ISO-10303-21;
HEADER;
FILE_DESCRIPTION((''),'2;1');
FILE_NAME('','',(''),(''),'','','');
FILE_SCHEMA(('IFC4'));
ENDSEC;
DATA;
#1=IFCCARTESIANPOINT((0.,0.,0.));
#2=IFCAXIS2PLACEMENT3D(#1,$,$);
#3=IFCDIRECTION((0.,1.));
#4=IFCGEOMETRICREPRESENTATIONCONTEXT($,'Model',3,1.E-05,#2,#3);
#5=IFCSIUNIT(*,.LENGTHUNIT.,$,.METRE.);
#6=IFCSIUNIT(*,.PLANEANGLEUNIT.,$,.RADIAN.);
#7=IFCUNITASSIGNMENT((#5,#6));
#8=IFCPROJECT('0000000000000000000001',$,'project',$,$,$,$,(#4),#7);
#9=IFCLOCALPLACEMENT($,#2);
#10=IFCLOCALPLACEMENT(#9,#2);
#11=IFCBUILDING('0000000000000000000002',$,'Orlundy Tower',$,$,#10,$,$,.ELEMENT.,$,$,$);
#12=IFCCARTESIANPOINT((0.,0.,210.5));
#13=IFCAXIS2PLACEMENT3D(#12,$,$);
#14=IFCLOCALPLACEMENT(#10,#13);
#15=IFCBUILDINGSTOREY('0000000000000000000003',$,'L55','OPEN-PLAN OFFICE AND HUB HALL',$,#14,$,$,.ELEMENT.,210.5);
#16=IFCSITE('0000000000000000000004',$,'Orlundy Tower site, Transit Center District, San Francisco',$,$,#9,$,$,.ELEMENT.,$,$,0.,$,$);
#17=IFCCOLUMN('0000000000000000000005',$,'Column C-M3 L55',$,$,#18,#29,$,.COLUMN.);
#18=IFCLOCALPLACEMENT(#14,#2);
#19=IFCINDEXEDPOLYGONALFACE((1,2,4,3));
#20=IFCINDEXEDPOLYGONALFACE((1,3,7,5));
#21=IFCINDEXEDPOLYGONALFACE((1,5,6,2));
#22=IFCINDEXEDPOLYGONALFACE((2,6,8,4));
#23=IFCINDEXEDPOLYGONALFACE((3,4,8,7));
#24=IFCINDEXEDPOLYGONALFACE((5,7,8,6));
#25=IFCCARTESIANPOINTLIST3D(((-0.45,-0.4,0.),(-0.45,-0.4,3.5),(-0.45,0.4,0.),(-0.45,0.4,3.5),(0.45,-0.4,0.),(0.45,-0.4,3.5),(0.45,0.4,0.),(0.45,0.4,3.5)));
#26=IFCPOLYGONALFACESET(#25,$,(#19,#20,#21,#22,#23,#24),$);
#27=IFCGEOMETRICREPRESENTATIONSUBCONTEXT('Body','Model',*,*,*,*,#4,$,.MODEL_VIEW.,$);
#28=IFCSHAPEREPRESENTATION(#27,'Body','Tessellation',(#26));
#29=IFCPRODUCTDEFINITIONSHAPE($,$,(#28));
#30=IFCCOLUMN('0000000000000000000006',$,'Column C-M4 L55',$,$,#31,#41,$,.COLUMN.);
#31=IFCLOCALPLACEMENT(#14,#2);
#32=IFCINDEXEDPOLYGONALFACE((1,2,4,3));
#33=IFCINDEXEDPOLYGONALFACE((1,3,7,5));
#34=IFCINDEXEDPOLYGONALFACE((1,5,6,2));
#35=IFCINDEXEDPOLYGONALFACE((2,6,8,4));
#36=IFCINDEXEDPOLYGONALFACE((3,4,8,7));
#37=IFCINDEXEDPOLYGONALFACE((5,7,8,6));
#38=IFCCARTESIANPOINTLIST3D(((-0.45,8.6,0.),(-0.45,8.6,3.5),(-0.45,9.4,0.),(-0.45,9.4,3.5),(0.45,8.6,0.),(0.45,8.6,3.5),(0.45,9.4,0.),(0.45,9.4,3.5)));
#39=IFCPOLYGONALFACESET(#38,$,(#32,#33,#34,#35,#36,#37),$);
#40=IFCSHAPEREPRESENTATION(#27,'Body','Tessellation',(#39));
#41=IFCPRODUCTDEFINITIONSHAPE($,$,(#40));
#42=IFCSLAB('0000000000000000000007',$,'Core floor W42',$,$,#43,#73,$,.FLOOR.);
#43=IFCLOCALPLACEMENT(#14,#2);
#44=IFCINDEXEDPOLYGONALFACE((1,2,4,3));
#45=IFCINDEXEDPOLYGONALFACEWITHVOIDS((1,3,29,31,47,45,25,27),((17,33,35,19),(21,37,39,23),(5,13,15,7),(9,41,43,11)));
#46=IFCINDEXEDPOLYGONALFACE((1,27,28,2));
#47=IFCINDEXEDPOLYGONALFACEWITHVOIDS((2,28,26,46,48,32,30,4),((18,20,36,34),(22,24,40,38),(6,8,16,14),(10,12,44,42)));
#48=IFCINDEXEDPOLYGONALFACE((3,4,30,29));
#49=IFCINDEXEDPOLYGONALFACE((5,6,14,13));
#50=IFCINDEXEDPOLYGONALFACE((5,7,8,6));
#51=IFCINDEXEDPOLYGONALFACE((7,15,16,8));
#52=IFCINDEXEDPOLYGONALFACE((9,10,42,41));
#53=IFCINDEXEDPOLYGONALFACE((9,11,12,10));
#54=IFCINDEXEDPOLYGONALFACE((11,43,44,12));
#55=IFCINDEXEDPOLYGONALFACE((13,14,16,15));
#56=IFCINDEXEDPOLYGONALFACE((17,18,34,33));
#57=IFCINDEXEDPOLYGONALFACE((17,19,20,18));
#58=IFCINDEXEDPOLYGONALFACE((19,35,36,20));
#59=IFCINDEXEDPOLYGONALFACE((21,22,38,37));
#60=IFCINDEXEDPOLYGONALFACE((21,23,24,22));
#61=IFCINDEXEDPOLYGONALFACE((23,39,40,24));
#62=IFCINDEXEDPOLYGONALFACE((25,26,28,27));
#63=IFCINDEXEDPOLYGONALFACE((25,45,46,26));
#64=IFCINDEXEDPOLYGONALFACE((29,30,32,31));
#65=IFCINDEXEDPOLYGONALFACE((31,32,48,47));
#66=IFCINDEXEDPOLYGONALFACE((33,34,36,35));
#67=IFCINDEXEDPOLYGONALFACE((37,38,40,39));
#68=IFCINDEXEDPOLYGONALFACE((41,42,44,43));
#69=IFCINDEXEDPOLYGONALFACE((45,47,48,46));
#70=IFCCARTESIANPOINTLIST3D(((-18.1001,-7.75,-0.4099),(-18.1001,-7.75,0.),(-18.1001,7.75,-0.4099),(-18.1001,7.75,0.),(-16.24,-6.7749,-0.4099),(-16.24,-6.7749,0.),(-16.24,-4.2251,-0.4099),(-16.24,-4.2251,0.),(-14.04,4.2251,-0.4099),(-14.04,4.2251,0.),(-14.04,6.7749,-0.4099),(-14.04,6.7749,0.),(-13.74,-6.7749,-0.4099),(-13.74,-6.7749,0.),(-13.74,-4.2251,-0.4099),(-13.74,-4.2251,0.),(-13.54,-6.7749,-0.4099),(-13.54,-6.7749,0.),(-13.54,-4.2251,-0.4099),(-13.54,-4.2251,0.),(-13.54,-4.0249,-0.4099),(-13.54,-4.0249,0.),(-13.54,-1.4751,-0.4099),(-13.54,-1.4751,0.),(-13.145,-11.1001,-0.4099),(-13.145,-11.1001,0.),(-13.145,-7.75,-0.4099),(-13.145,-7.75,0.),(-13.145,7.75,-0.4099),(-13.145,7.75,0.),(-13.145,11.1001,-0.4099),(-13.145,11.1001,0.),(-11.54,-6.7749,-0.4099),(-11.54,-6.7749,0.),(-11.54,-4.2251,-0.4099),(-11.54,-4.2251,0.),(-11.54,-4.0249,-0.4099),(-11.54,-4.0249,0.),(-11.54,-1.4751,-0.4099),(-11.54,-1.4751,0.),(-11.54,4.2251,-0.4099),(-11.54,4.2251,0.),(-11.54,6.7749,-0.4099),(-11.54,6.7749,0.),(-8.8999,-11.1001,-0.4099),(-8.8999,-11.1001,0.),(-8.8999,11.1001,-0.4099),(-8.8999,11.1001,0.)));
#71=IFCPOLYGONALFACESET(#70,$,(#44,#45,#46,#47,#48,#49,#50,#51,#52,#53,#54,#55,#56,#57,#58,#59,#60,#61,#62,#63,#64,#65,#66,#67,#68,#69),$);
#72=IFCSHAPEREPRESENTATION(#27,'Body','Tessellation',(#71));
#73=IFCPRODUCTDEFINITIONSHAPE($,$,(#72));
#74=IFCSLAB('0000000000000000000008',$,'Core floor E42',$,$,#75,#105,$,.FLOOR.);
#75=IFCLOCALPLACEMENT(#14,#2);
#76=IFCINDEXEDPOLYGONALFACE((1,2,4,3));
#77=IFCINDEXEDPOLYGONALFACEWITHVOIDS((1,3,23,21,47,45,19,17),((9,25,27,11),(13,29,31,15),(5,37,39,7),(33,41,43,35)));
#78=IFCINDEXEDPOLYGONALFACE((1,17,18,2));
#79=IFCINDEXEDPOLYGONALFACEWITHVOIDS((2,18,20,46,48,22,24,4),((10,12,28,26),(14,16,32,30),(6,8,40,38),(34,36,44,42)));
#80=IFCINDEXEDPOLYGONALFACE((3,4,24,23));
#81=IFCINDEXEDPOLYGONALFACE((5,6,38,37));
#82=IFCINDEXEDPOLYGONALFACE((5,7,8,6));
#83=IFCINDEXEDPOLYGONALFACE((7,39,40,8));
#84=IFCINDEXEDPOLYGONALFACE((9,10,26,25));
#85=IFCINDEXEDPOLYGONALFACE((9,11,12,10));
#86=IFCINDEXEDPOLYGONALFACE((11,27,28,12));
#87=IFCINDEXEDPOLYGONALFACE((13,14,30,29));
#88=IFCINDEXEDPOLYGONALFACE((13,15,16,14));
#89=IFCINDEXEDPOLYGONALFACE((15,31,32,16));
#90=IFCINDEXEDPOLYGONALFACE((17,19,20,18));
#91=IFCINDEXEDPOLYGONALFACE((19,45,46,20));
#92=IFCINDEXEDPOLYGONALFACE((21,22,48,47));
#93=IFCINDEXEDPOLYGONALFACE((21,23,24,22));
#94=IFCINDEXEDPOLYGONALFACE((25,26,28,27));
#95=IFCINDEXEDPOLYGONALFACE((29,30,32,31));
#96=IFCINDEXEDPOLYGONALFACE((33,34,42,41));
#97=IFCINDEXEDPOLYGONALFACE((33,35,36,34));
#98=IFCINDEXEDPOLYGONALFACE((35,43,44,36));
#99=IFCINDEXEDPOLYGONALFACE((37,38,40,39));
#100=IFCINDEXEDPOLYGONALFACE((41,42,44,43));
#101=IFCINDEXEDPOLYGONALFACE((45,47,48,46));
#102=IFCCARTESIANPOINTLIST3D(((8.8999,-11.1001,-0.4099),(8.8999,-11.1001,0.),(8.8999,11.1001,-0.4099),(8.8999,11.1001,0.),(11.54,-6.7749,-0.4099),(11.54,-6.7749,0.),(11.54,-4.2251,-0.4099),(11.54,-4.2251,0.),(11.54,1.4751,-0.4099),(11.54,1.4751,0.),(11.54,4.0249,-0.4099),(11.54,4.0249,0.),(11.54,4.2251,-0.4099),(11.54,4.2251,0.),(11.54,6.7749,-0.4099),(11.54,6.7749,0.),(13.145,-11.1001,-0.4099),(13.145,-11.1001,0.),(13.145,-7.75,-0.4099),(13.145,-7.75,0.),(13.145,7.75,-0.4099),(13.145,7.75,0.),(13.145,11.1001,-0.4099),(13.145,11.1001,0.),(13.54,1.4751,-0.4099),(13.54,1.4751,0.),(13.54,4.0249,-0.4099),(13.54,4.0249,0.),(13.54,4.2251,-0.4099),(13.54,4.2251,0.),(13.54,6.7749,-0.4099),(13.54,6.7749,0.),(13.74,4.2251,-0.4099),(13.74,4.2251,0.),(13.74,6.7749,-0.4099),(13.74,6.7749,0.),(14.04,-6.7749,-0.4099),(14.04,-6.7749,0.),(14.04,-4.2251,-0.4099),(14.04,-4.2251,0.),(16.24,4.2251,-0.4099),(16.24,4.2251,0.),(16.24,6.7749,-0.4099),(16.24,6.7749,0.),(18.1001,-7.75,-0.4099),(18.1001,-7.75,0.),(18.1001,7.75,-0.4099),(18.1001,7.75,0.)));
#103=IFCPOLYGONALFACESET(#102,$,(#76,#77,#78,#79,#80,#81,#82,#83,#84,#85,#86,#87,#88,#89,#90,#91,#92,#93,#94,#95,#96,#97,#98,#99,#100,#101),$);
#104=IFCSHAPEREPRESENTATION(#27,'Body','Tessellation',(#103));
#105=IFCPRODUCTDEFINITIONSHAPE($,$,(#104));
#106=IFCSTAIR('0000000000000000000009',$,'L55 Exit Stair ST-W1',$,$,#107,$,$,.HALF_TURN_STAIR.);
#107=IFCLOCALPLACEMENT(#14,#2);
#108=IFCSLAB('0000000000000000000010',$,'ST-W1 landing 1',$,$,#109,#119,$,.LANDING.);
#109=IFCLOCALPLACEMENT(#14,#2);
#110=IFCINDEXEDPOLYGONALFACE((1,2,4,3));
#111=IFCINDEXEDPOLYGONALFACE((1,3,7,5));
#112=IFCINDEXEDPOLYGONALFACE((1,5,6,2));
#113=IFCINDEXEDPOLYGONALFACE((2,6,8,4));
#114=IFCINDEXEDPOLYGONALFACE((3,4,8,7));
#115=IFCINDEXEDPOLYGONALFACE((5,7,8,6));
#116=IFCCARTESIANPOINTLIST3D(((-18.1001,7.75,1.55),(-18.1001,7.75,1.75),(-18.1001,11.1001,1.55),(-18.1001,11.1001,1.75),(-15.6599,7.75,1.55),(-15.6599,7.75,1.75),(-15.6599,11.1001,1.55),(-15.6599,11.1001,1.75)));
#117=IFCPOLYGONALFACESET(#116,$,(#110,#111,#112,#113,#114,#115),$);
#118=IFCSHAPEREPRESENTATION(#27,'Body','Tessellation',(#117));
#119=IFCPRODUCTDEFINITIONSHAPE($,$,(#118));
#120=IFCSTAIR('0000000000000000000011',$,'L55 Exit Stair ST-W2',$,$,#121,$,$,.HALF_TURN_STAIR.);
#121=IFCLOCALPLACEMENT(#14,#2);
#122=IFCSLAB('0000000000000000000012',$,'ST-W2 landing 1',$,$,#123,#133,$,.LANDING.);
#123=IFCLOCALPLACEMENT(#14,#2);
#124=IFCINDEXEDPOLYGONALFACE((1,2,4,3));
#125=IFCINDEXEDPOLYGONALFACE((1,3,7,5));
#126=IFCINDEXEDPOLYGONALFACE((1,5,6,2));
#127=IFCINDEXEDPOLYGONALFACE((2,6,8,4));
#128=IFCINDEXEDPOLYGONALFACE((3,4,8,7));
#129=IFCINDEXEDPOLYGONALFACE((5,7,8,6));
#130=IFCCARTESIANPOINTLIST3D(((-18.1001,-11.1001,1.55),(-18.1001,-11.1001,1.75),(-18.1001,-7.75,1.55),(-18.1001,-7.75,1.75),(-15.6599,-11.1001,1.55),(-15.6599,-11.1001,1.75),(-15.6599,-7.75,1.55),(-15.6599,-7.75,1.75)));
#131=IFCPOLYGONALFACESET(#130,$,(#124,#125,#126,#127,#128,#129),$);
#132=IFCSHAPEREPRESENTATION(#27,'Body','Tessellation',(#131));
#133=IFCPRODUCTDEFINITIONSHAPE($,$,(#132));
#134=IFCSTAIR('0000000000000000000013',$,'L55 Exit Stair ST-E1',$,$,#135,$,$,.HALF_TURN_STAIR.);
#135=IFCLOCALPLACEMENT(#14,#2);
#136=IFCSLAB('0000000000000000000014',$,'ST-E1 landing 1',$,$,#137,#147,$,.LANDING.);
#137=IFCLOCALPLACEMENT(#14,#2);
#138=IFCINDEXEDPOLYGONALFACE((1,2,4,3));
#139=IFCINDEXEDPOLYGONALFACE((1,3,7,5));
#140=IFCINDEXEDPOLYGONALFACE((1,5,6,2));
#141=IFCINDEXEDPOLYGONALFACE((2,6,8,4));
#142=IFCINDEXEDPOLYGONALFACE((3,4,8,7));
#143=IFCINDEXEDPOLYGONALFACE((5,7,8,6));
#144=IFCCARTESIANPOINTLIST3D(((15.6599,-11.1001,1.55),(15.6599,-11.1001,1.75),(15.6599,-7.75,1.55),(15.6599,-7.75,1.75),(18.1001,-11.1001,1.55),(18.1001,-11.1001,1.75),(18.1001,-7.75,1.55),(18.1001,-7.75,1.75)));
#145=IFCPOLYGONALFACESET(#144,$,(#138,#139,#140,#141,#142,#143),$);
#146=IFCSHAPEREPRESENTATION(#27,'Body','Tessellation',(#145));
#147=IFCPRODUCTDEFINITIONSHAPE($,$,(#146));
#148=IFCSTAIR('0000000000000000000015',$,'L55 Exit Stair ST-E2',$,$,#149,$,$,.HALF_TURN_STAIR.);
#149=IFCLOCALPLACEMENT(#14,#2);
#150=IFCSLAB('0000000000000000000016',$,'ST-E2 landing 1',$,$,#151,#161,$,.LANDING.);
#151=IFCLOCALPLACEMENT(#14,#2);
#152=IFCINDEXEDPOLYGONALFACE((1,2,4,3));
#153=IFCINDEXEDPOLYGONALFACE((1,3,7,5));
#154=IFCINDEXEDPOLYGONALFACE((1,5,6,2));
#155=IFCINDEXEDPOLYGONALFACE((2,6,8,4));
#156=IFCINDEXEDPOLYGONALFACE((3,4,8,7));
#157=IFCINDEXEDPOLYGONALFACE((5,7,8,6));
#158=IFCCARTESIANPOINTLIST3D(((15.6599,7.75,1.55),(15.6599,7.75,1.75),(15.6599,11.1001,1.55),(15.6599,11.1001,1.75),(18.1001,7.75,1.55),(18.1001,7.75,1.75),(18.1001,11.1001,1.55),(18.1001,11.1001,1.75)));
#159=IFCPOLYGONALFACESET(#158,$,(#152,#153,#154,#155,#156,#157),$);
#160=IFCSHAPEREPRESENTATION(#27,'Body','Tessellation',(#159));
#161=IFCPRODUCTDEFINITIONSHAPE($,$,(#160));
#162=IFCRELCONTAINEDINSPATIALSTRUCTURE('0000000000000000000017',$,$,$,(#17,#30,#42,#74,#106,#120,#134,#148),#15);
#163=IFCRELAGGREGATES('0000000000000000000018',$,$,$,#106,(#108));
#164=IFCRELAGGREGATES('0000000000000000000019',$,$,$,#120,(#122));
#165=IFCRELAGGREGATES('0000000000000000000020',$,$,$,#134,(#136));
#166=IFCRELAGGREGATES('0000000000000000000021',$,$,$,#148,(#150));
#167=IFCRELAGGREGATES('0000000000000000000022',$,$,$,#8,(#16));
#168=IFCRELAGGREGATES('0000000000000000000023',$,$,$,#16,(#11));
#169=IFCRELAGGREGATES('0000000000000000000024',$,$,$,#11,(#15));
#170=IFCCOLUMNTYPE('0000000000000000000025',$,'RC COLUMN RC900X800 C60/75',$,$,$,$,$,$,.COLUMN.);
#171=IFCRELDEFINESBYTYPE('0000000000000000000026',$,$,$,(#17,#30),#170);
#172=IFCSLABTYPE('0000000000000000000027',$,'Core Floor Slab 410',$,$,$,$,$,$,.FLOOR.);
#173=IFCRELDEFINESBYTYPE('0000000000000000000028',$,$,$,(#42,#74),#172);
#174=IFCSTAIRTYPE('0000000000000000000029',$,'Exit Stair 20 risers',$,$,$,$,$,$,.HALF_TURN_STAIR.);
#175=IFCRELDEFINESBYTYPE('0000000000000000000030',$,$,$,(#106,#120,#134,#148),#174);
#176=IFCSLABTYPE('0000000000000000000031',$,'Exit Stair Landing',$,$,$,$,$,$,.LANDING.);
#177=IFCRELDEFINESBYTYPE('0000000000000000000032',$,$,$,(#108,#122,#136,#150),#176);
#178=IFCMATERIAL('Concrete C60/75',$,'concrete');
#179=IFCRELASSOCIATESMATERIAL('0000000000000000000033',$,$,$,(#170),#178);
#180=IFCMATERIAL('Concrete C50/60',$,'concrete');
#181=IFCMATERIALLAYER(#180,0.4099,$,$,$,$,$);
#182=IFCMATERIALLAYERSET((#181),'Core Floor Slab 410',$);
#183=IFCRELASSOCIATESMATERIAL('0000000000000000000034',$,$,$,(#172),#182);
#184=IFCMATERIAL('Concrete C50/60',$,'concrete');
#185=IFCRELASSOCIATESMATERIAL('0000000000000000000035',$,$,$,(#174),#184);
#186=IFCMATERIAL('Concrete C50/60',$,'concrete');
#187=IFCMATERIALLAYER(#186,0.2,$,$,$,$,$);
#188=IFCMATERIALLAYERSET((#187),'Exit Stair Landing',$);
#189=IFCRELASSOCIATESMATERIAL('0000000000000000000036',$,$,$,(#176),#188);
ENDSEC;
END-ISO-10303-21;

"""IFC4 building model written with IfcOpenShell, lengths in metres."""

from ifc_helpers import new_model, si_unit, direction, frame, origin, origin_2d, place, context, subcontext, project, spatial, polyline, rectangle, outline, extrude, material, layer, layer_set, material_profile, profile_set, type_object, element, aggregate, save


model = new_model("IFC4")

# Units and contexts
model_context = context("Model", 3, precision=1e-05, world=origin(), true_north=direction((0.0, 1.0)))
body_context = subcontext(model_context, "Body", "Model", "MODEL_VIEW")
ifc_project = project(units=[si_unit("LENGTHUNIT", "METRE"), si_unit("PLANEANGLEUNIT", "RADIAN")], contexts=[model_context])

# Site, building, storey
site_placement = place(None, origin())
site = spatial("IfcSite", under=ifc_project, at=site_placement, Name="Orlundy Tower site, Transit Center District, San Francisco", CompositionType="ELEMENT", RefElevation=0.0)
building_placement = place(site_placement, origin())
building = spatial("IfcBuilding", under=site, at=building_placement, Name="Orlundy Tower", CompositionType="ELEMENT")
storey_placement = place(building_placement, frame((0.0, 0.0, 210.5)))
storey = spatial("IfcBuildingStorey", under=building, at=storey_placement, Name="L55", Description="OPEN-PLAN OFFICE AND HUB HALL", CompositionType="ELEMENT", Elevation=210.5)

# Columns
ifc_material_1 = material(Name="Concrete C60/75", Category="concrete")
ifc_material_profile = material_profile(ifc_material_1, rectangle(XDim=0.8999, YDim=0.8, at=origin_2d()), Name="RC900X800")
ifc_profile_set = profile_set([ifc_material_profile], Name="Concrete C60/75")
column_type = type_object("IfcColumnType", Name="RC COLUMN RC900X800 C60/75", PredefinedType="COLUMN", material=ifc_profile_set)
for number, where, z_axis, x_axis, name in (
    (1, (0.0, 0.0, 0.0), (0.0, 0.0, 1.0), (1.0, 0.0, 0.0), "Column C-M3 L55"),
    (2, (0.0, 9.0, 0.0), (0.0, 0.0, 1.0), (1.0, 0.0, 0.0), "Column C-M4 L55"),
):
    element("IfcColumn", number, at=place(storey_placement, frame(where, z_axis=z_axis, x_axis=x_axis)), inside=storey, type_object=column_type, Name=name, PredefinedType="COLUMN", context=body_context, shape_type="SweptSolid", body=[
        extrude(rectangle(XDim=0.8999, YDim=0.8, at=origin_2d()), origin(), (0.0, 0.0, 1.0), 3.5),
    ])

# Slabs
ifc_material_2 = material(Name="Concrete C50/60", Category="concrete")
ifc_layer_1 = layer(ifc_material_2, 0.4099)
ifc_layer_set_1 = layer_set([ifc_layer_1], Name="Core Floor Slab 410")
slab_type_1 = type_object("IfcSlabType", Name="Core Floor Slab 410", PredefinedType="FLOOR", material=ifc_layer_set_1)
slab_1_placement = place(storey_placement, frame((0.0, 0.0, -0.4099)))
element("IfcSlab", 3, at=slab_1_placement, inside=storey, type_object=slab_type_1, Name="Core floor W42", PredefinedType="FLOOR", context=body_context, shape_type="SweptSolid", body=[
    extrude(outline(polyline([(-18.1001, 7.75), (-13.145, 7.75), (-13.145, 11.1001), (-8.8999, 11.1001), (-8.8999, -11.1001), (-13.145, -11.1001), (-13.145, -7.75), (-18.1001, -7.75), (-18.1001, 7.75)]), holes=[polyline([(-13.54, -4.2251), (-13.54, -6.7749), (-11.54, -6.7749), (-11.54, -4.2251), (-13.54, -4.2251)]), polyline([(-13.74, -4.2251), (-16.24, -4.2251), (-16.24, -6.7749), (-13.74, -6.7749), (-13.74, -4.2251)]), polyline([(-11.54, -4.0249), (-11.54, -1.4751), (-13.54, -1.4751), (-13.54, -4.0249), (-11.54, -4.0249)]), polyline([(-14.04, 4.2251), (-11.54, 4.2251), (-11.54, 6.7749), (-14.04, 6.7749), (-14.04, 4.2251)])]), origin(), (0.0, 0.0, 1.0), 0.4099),
])
slab_2_placement = place(storey_placement, frame((0.0, 0.0, -0.4099)))
element("IfcSlab", 4, at=slab_2_placement, inside=storey, type_object=slab_type_1, Name="Core floor E42", PredefinedType="FLOOR", context=body_context, shape_type="SweptSolid", body=[
    extrude(outline(polyline([(18.1001, -7.75), (13.145, -7.75), (13.145, -11.1001), (8.8999, -11.1001), (8.8999, 11.1001), (13.145, 11.1001), (13.145, 7.75), (18.1001, 7.75), (18.1001, -7.75)]), holes=[polyline([(13.54, 4.2251), (13.54, 6.7749), (11.54, 6.7749), (11.54, 4.2251), (13.54, 4.2251)]), polyline([(13.74, 4.2251), (16.24, 4.2251), (16.24, 6.7749), (13.74, 6.7749), (13.74, 4.2251)]), polyline([(11.54, 4.0249), (11.54, 1.4751), (13.54, 1.4751), (13.54, 4.0249), (11.54, 4.0249)]), polyline([(14.04, -4.2251), (11.54, -4.2251), (11.54, -6.7749), (14.04, -6.7749), (14.04, -4.2251)])]), origin(), (0.0, 0.0, 1.0), 0.4099),
])

# Stairs, slabs
ifc_material_3 = material(Name="Concrete C50/60", Category="concrete")
stair_type = type_object("IfcStairType", Name="Exit Stair 20 risers", PredefinedType="HALF_TURN_STAIR", material=ifc_material_3)
stair_1_placement = place(storey_placement, origin())
stair_1 = element("IfcStair", 5, at=stair_1_placement, inside=storey, type_object=stair_type, Name="L55 Exit Stair ST-W1", PredefinedType="HALF_TURN_STAIR")
ifc_material_4 = material(Name="Concrete C50/60", Category="concrete")
ifc_layer_2 = layer(ifc_material_4, 0.2)
ifc_layer_set_2 = layer_set([ifc_layer_2], Name="Exit Stair Landing")
slab_type_2 = type_object("IfcSlabType", Name="Exit Stair Landing", PredefinedType="LANDING", material=ifc_layer_set_2)
slab_3_placement = place(storey_placement, frame((0.0, 0.0, 1.55)))
slab_3 = element("IfcSlab", 6, at=slab_3_placement, type_object=slab_type_2, Name="ST-W1 landing 1", PredefinedType="LANDING", context=body_context, shape_type="SweptSolid", body=[
    extrude(outline(polyline([(-15.6599, 11.1001), (-18.1001, 11.1001), (-18.1001, 7.75), (-15.6599, 7.75), (-15.6599, 11.1001)])), origin(), (0.0, 0.0, 1.0), 0.2),
])
aggregate(stair_1, [slab_3])
stair_2_placement = place(storey_placement, origin())
stair_2 = element("IfcStair", 7, at=stair_2_placement, inside=storey, type_object=stair_type, Name="L55 Exit Stair ST-W2", PredefinedType="HALF_TURN_STAIR")
slab_4_placement = place(storey_placement, frame((0.0, 0.0, 1.55)))
slab_4 = element("IfcSlab", 8, at=slab_4_placement, type_object=slab_type_2, Name="ST-W2 landing 1", PredefinedType="LANDING", context=body_context, shape_type="SweptSolid", body=[
    extrude(outline(polyline([(-15.6599, -7.75), (-18.1001, -7.75), (-18.1001, -11.1001), (-15.6599, -11.1001), (-15.6599, -7.75)])), origin(), (0.0, 0.0, 1.0), 0.2),
])
aggregate(stair_2, [slab_4])
stair_3_placement = place(storey_placement, origin())
stair_3 = element("IfcStair", 9, at=stair_3_placement, inside=storey, type_object=stair_type, Name="L55 Exit Stair ST-E1", PredefinedType="HALF_TURN_STAIR")
slab_5_placement = place(storey_placement, frame((0.0, 0.0, 1.55)))
slab_5 = element("IfcSlab", 10, at=slab_5_placement, type_object=slab_type_2, Name="ST-E1 landing 1", PredefinedType="LANDING", context=body_context, shape_type="SweptSolid", body=[
    extrude(outline(polyline([(15.6599, -11.1001), (18.1001, -11.1001), (18.1001, -7.75), (15.6599, -7.75), (15.6599, -11.1001)])), origin(), (0.0, 0.0, 1.0), 0.2),
])
aggregate(stair_3, [slab_5])
stair_4_placement = place(storey_placement, origin())
stair_4 = element("IfcStair", 11, at=stair_4_placement, inside=storey, type_object=stair_type, Name="L55 Exit Stair ST-E2", PredefinedType="HALF_TURN_STAIR")
slab_6_placement = place(storey_placement, frame((0.0, 0.0, 1.55)))
slab_6 = element("IfcSlab", 12, at=slab_6_placement, type_object=slab_type_2, Name="ST-E2 landing 1", PredefinedType="LANDING", context=body_context, shape_type="SweptSolid", body=[
    extrude(outline(polyline([(15.6599, 7.75), (18.1001, 7.75), (18.1001, 11.1001), (15.6599, 11.1001), (15.6599, 7.75)])), origin(), (0.0, 0.0, 1.0), 0.2),
])
aggregate(stair_4, [slab_6])

save(model, "model.ifc")
